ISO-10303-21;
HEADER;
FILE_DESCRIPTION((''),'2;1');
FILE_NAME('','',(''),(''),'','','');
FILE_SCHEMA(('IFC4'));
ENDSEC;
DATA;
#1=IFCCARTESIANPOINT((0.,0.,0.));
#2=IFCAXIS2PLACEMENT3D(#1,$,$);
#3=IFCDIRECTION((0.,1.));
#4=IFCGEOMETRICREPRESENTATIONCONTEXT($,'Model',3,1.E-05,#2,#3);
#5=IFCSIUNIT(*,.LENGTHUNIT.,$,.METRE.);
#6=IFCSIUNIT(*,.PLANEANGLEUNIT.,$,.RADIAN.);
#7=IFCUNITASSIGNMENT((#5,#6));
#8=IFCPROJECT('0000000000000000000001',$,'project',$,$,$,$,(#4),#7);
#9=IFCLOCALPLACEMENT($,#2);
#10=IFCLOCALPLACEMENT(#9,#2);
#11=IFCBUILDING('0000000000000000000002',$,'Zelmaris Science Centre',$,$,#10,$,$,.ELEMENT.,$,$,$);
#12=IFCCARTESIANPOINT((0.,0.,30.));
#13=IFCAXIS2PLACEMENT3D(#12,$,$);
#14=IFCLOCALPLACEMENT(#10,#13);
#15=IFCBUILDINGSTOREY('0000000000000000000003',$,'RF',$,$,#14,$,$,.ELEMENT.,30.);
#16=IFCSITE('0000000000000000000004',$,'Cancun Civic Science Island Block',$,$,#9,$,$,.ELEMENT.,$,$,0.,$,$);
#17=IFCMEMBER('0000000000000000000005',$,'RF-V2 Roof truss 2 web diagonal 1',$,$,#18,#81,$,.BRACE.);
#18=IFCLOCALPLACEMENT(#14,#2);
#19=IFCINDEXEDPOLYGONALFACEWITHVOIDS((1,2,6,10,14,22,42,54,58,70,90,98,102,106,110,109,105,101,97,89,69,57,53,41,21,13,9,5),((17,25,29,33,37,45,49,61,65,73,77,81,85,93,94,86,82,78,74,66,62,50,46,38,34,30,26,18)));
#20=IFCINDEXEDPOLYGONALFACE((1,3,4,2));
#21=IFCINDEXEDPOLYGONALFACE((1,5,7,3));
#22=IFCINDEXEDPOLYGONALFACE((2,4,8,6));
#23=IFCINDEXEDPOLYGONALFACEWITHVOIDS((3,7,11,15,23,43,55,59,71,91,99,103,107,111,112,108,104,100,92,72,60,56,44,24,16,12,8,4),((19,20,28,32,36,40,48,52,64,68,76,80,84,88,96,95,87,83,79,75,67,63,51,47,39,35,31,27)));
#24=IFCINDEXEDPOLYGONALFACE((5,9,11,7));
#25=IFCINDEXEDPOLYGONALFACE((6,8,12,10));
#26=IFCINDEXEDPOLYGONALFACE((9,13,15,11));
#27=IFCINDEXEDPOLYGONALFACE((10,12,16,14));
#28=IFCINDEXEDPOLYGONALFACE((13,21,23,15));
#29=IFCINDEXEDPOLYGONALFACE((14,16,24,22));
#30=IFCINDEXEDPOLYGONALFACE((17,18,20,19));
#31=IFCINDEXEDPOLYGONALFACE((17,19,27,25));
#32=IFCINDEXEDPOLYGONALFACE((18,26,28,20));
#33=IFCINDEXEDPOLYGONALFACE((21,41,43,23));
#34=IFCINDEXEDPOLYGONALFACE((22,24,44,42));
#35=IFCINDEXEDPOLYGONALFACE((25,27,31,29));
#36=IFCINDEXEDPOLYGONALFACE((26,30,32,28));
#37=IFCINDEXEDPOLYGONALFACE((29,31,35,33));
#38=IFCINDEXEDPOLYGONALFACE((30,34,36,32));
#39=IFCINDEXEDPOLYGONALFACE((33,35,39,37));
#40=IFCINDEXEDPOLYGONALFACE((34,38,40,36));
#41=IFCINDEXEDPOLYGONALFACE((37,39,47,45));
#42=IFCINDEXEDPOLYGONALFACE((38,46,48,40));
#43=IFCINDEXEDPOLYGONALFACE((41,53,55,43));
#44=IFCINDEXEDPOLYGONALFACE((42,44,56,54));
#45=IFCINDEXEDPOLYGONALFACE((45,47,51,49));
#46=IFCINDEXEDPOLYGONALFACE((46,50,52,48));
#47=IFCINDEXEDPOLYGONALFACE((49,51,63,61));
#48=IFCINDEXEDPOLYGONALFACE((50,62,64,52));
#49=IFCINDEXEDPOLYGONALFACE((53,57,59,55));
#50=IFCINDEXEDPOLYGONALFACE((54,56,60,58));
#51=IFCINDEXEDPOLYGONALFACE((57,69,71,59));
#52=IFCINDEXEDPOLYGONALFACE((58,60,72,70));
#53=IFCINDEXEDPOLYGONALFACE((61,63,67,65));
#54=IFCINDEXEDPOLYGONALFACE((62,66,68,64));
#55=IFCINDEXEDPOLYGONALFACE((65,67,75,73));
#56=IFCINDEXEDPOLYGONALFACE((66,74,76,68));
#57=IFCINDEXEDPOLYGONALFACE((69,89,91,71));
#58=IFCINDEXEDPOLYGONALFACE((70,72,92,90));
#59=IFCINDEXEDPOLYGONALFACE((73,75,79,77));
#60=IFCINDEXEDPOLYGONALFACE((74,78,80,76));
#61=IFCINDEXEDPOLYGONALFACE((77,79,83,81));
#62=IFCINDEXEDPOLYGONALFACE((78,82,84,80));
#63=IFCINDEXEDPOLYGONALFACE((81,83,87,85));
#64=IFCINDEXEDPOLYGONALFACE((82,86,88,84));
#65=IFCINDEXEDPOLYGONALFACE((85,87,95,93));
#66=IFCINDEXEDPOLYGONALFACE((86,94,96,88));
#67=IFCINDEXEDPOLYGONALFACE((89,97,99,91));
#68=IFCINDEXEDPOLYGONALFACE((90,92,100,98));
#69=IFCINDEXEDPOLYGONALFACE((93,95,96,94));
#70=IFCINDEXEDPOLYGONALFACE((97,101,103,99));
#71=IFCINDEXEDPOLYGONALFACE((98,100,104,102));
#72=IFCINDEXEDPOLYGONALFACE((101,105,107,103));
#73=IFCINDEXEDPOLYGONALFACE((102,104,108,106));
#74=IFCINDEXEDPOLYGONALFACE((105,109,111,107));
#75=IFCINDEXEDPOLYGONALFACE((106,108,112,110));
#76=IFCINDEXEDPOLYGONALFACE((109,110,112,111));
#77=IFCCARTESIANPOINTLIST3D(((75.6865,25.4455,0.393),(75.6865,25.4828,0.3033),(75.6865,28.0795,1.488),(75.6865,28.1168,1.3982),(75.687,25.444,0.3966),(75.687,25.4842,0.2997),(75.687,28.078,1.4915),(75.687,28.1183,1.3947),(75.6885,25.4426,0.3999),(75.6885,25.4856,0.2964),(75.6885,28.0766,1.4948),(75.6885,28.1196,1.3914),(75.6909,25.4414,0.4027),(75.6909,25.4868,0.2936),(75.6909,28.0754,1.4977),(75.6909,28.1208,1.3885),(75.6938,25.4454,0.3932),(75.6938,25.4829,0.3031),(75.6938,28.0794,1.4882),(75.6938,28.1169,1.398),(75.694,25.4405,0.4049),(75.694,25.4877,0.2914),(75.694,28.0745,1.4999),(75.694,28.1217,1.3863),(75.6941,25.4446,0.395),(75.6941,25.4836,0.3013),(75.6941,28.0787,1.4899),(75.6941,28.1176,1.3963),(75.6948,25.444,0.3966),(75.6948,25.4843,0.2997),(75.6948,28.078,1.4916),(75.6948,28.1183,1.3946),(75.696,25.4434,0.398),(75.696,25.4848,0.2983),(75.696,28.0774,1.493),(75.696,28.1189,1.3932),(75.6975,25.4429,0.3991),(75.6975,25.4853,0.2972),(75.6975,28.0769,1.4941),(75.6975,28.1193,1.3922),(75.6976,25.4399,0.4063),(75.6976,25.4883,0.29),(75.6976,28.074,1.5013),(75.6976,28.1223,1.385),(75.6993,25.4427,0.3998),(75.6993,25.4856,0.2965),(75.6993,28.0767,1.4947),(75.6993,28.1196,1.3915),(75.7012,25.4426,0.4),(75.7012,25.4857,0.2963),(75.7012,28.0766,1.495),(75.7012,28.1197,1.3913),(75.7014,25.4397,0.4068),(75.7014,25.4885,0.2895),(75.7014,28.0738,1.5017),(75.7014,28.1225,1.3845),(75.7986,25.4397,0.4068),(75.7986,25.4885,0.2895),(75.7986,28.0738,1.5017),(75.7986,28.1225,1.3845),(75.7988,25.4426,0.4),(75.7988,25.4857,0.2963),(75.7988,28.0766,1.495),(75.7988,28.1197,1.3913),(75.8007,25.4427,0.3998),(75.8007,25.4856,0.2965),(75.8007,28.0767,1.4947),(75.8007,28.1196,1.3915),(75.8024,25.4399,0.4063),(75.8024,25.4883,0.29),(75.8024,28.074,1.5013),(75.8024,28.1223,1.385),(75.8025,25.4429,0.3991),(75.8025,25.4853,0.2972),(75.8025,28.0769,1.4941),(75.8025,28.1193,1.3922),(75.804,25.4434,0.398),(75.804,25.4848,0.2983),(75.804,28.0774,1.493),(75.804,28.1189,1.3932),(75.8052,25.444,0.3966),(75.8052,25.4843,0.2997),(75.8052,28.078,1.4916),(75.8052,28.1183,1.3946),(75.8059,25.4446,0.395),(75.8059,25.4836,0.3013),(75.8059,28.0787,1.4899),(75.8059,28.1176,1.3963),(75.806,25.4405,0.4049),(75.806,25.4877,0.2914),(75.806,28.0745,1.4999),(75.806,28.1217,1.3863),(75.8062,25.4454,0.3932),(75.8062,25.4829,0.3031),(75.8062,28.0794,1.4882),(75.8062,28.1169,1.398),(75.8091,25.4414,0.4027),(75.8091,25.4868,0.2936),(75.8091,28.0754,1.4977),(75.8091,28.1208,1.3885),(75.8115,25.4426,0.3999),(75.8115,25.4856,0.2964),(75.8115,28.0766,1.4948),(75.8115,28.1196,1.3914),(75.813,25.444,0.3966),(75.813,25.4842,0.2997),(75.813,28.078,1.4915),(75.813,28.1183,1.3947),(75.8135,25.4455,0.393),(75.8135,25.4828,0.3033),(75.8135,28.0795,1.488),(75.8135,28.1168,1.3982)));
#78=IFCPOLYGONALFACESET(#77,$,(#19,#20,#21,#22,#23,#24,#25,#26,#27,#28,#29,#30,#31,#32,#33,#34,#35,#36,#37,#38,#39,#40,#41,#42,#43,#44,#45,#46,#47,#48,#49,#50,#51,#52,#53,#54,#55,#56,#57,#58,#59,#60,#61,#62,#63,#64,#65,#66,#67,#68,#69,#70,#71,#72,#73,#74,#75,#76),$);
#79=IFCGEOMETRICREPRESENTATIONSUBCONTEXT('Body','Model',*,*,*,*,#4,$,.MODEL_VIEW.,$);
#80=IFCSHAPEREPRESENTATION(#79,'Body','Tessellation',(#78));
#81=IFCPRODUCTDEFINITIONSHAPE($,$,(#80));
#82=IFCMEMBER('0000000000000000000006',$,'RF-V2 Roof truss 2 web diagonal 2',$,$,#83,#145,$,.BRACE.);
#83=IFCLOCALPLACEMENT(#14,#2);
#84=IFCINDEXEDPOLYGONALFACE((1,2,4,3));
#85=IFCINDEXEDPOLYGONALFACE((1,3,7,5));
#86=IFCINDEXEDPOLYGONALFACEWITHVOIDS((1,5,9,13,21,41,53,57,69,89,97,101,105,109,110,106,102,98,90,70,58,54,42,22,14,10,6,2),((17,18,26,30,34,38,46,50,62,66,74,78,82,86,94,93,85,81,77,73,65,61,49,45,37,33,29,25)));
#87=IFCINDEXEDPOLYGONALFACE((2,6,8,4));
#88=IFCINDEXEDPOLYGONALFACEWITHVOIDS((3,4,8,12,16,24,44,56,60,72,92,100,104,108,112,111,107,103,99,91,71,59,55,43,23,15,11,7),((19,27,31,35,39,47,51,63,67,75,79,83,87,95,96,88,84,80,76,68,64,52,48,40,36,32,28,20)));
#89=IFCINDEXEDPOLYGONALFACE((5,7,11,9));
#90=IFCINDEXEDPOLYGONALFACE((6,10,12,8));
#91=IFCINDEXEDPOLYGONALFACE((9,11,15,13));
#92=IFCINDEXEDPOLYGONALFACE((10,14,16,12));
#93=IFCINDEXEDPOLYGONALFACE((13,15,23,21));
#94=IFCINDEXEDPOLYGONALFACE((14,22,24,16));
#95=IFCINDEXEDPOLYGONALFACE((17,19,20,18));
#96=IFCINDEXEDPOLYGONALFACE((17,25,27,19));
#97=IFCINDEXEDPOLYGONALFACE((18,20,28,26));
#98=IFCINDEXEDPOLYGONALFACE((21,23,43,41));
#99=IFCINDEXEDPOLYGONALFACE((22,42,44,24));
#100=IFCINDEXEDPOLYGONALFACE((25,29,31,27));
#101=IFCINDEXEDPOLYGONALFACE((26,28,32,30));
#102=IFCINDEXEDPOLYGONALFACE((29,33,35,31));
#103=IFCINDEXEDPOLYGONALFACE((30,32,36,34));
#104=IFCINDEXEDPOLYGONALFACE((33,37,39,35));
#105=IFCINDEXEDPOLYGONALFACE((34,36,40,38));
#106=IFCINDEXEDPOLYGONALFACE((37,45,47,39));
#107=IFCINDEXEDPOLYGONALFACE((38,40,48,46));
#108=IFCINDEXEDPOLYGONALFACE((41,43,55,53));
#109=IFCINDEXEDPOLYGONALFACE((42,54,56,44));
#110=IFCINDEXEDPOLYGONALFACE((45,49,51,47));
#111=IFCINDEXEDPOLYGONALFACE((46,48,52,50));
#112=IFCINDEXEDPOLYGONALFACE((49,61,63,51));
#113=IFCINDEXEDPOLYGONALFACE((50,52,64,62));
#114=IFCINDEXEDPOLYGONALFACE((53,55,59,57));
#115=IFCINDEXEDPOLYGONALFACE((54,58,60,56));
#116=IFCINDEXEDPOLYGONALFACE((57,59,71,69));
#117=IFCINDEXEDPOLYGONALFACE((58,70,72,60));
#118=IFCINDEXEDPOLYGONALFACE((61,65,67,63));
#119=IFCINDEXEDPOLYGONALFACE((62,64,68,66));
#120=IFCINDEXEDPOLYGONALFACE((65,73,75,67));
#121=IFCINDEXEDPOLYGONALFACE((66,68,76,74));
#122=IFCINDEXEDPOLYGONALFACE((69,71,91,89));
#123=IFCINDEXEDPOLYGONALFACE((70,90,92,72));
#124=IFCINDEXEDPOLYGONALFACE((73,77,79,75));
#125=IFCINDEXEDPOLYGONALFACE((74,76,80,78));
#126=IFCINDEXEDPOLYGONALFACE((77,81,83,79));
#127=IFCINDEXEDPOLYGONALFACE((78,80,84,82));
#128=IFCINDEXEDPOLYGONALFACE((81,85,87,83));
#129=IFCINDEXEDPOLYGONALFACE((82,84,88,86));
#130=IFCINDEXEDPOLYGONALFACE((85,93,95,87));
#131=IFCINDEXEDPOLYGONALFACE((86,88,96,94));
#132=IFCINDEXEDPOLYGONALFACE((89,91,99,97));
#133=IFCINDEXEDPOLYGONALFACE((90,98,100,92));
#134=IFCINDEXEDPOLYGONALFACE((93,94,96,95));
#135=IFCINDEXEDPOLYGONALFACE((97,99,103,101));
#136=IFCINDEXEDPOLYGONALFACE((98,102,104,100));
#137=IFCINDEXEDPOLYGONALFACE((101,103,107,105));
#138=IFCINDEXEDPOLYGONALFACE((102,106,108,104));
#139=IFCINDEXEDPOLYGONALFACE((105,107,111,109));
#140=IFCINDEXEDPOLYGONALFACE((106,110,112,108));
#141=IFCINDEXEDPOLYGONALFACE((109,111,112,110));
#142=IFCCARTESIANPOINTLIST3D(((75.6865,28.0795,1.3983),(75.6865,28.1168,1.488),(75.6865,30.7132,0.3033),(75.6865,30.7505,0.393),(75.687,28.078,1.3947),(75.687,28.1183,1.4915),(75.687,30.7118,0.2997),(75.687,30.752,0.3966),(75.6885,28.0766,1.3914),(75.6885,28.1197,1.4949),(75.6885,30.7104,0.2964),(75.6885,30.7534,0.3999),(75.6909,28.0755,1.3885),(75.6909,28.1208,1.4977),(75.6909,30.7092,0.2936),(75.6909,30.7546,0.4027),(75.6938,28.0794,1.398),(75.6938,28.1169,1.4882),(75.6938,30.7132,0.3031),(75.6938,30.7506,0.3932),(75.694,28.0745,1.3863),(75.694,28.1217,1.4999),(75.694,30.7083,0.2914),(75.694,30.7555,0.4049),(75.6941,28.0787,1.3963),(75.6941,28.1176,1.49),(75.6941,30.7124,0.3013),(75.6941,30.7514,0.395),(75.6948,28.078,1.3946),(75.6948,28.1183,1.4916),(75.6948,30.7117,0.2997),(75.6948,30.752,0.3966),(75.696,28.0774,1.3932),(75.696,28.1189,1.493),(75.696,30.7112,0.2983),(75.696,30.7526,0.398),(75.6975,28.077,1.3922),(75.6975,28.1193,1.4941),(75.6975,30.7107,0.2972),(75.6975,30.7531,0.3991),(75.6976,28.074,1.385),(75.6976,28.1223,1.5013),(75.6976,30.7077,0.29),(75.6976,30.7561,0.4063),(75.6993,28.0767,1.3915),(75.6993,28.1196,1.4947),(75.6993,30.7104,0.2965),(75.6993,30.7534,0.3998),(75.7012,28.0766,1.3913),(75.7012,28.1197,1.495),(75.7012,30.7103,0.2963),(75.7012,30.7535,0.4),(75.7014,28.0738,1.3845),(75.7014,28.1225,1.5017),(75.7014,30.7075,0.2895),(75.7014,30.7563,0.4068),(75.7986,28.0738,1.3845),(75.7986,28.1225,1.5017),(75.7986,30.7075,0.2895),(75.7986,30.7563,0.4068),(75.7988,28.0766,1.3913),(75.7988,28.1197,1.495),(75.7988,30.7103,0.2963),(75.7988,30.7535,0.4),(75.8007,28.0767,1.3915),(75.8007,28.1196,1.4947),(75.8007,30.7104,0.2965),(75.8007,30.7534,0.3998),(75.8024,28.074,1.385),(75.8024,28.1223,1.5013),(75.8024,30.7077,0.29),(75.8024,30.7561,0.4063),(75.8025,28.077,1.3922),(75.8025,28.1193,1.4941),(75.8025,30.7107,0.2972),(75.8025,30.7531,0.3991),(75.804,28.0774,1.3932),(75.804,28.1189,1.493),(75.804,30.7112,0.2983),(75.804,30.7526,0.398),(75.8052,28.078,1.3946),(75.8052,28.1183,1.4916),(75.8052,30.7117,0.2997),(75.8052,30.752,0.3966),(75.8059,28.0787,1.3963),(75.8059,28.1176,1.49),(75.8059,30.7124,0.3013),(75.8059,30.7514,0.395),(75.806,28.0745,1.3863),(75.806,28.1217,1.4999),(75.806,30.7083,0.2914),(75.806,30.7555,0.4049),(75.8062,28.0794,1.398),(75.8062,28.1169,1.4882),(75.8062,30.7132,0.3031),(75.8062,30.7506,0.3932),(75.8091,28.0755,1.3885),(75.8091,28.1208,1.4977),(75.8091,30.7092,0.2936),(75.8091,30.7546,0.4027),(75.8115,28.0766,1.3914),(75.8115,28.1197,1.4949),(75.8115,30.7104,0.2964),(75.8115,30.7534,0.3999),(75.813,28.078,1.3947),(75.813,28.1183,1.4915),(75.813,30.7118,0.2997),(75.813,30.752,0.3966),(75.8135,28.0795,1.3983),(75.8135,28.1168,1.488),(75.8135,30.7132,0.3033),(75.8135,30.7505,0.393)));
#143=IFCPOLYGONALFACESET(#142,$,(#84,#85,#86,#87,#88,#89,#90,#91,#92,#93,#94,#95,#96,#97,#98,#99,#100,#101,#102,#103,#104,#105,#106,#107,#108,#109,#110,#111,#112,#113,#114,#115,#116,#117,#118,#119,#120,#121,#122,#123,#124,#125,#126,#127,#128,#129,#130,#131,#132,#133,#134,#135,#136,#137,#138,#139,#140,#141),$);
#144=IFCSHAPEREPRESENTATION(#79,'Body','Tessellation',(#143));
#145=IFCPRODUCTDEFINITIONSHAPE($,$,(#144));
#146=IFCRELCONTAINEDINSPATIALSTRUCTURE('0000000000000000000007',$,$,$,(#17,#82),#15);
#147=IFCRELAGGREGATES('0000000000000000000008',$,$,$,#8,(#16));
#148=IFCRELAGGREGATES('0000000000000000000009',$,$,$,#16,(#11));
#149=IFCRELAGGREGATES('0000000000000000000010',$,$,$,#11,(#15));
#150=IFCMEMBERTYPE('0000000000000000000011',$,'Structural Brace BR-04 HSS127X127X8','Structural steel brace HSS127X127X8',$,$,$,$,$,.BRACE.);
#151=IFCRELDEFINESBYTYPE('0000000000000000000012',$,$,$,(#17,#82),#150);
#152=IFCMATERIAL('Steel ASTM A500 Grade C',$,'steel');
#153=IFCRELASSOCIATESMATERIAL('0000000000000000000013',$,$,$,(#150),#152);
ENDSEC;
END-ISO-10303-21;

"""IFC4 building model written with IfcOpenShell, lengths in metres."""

from ifc_helpers import new_model, si_unit, direction, frame, origin, origin_2d, place, context, subcontext, project, spatial, hollow_rectangle, extrude, material, material_profile, profile_set, type_object, element, save


model = new_model("IFC4")

# Units and contexts
model_context = context("Model", 3, precision=1e-05, world=origin(), true_north=direction((0.0, 1.0)))
body_context = subcontext(model_context, "Body", "Model", "MODEL_VIEW")
ifc_project = project(units=[si_unit("LENGTHUNIT", "METRE"), si_unit("PLANEANGLEUNIT", "RADIAN")], contexts=[model_context])

# Site, building, storey
site_placement = place(None, origin())
site = spatial("IfcSite", under=ifc_project, at=site_placement, Name="Cancun Civic Science Island Block", CompositionType="ELEMENT", RefElevation=0.0)
building_placement = place(site_placement, origin())
building = spatial("IfcBuilding", under=site, at=building_placement, Name="Zelmaris Science Centre", CompositionType="ELEMENT")
storey_placement = place(building_placement, frame((0.0, 0.0, 30.0)))
storey = spatial("IfcBuildingStorey", under=building, at=storey_placement, Name="RF", CompositionType="ELEMENT", Elevation=30.0)

# Shared definitions
ifc_material_1 = material(Name="Steel ASTM A500 Grade C", Category="steel")

# Members
ifc_material_profile_1 = material_profile(ifc_material_1, hollow_rectangle(XDim=0.127, YDim=0.127, WallThickness=0.0073, InnerFilletRadius=0.0073, OuterFilletRadius=0.0149, at=origin_2d()), Name="HSS127X127X8")
ifc_profile_set_1 = profile_set([ifc_material_profile_1], Name="Steel ASTM A500 Grade C")
member_type_1 = type_object("IfcMemberType", Name="Structural Brace BR-04 HSS127X127X8", Description="Structural steel brace HSS127X127X8", PredefinedType="BRACE", material=ifc_profile_set_1)
member_1_placement = place(storey_placement, frame((75.75, 25.4641, 0.3481), z_axis=(0.0, 0.923393, 0.383856), x_axis=(-1.0, 0.0, 0.0)))
element("IfcMember", 1, at=member_1_placement, inside=storey, type_object=member_type_1, Name="RF-V2 Roof truss 2 web diagonal 1", PredefinedType="BRACE", context=body_context, shape_type="SweptSolid", body=[
    extrude(hollow_rectangle(XDim=0.127, YDim=0.127, WallThickness=0.0073, InnerFilletRadius=0.0073, OuterFilletRadius=0.0149, at=origin_2d()), origin(), (0.0, 0.0, 1.0), 2.8525),
])
member_2_placement = place(storey_placement, frame((75.75, 28.0981, 1.4431), z_axis=(0.0, 0.923381, -0.383886), x_axis=(-1.0, 0.0, 0.0)))
element("IfcMember", 2, at=member_2_placement, inside=storey, type_object=member_type_1, Name="RF-V2 Roof truss 2 web diagonal 2", PredefinedType="BRACE", context=body_context, shape_type="SweptSolid", body=[
    extrude(hollow_rectangle(XDim=0.127, YDim=0.127, WallThickness=0.0073, InnerFilletRadius=0.0073, OuterFilletRadius=0.0149, at=origin_2d()), origin(), (0.0, 0.0, 1.0), 2.8523),
])

save(model, "model.ifc")
